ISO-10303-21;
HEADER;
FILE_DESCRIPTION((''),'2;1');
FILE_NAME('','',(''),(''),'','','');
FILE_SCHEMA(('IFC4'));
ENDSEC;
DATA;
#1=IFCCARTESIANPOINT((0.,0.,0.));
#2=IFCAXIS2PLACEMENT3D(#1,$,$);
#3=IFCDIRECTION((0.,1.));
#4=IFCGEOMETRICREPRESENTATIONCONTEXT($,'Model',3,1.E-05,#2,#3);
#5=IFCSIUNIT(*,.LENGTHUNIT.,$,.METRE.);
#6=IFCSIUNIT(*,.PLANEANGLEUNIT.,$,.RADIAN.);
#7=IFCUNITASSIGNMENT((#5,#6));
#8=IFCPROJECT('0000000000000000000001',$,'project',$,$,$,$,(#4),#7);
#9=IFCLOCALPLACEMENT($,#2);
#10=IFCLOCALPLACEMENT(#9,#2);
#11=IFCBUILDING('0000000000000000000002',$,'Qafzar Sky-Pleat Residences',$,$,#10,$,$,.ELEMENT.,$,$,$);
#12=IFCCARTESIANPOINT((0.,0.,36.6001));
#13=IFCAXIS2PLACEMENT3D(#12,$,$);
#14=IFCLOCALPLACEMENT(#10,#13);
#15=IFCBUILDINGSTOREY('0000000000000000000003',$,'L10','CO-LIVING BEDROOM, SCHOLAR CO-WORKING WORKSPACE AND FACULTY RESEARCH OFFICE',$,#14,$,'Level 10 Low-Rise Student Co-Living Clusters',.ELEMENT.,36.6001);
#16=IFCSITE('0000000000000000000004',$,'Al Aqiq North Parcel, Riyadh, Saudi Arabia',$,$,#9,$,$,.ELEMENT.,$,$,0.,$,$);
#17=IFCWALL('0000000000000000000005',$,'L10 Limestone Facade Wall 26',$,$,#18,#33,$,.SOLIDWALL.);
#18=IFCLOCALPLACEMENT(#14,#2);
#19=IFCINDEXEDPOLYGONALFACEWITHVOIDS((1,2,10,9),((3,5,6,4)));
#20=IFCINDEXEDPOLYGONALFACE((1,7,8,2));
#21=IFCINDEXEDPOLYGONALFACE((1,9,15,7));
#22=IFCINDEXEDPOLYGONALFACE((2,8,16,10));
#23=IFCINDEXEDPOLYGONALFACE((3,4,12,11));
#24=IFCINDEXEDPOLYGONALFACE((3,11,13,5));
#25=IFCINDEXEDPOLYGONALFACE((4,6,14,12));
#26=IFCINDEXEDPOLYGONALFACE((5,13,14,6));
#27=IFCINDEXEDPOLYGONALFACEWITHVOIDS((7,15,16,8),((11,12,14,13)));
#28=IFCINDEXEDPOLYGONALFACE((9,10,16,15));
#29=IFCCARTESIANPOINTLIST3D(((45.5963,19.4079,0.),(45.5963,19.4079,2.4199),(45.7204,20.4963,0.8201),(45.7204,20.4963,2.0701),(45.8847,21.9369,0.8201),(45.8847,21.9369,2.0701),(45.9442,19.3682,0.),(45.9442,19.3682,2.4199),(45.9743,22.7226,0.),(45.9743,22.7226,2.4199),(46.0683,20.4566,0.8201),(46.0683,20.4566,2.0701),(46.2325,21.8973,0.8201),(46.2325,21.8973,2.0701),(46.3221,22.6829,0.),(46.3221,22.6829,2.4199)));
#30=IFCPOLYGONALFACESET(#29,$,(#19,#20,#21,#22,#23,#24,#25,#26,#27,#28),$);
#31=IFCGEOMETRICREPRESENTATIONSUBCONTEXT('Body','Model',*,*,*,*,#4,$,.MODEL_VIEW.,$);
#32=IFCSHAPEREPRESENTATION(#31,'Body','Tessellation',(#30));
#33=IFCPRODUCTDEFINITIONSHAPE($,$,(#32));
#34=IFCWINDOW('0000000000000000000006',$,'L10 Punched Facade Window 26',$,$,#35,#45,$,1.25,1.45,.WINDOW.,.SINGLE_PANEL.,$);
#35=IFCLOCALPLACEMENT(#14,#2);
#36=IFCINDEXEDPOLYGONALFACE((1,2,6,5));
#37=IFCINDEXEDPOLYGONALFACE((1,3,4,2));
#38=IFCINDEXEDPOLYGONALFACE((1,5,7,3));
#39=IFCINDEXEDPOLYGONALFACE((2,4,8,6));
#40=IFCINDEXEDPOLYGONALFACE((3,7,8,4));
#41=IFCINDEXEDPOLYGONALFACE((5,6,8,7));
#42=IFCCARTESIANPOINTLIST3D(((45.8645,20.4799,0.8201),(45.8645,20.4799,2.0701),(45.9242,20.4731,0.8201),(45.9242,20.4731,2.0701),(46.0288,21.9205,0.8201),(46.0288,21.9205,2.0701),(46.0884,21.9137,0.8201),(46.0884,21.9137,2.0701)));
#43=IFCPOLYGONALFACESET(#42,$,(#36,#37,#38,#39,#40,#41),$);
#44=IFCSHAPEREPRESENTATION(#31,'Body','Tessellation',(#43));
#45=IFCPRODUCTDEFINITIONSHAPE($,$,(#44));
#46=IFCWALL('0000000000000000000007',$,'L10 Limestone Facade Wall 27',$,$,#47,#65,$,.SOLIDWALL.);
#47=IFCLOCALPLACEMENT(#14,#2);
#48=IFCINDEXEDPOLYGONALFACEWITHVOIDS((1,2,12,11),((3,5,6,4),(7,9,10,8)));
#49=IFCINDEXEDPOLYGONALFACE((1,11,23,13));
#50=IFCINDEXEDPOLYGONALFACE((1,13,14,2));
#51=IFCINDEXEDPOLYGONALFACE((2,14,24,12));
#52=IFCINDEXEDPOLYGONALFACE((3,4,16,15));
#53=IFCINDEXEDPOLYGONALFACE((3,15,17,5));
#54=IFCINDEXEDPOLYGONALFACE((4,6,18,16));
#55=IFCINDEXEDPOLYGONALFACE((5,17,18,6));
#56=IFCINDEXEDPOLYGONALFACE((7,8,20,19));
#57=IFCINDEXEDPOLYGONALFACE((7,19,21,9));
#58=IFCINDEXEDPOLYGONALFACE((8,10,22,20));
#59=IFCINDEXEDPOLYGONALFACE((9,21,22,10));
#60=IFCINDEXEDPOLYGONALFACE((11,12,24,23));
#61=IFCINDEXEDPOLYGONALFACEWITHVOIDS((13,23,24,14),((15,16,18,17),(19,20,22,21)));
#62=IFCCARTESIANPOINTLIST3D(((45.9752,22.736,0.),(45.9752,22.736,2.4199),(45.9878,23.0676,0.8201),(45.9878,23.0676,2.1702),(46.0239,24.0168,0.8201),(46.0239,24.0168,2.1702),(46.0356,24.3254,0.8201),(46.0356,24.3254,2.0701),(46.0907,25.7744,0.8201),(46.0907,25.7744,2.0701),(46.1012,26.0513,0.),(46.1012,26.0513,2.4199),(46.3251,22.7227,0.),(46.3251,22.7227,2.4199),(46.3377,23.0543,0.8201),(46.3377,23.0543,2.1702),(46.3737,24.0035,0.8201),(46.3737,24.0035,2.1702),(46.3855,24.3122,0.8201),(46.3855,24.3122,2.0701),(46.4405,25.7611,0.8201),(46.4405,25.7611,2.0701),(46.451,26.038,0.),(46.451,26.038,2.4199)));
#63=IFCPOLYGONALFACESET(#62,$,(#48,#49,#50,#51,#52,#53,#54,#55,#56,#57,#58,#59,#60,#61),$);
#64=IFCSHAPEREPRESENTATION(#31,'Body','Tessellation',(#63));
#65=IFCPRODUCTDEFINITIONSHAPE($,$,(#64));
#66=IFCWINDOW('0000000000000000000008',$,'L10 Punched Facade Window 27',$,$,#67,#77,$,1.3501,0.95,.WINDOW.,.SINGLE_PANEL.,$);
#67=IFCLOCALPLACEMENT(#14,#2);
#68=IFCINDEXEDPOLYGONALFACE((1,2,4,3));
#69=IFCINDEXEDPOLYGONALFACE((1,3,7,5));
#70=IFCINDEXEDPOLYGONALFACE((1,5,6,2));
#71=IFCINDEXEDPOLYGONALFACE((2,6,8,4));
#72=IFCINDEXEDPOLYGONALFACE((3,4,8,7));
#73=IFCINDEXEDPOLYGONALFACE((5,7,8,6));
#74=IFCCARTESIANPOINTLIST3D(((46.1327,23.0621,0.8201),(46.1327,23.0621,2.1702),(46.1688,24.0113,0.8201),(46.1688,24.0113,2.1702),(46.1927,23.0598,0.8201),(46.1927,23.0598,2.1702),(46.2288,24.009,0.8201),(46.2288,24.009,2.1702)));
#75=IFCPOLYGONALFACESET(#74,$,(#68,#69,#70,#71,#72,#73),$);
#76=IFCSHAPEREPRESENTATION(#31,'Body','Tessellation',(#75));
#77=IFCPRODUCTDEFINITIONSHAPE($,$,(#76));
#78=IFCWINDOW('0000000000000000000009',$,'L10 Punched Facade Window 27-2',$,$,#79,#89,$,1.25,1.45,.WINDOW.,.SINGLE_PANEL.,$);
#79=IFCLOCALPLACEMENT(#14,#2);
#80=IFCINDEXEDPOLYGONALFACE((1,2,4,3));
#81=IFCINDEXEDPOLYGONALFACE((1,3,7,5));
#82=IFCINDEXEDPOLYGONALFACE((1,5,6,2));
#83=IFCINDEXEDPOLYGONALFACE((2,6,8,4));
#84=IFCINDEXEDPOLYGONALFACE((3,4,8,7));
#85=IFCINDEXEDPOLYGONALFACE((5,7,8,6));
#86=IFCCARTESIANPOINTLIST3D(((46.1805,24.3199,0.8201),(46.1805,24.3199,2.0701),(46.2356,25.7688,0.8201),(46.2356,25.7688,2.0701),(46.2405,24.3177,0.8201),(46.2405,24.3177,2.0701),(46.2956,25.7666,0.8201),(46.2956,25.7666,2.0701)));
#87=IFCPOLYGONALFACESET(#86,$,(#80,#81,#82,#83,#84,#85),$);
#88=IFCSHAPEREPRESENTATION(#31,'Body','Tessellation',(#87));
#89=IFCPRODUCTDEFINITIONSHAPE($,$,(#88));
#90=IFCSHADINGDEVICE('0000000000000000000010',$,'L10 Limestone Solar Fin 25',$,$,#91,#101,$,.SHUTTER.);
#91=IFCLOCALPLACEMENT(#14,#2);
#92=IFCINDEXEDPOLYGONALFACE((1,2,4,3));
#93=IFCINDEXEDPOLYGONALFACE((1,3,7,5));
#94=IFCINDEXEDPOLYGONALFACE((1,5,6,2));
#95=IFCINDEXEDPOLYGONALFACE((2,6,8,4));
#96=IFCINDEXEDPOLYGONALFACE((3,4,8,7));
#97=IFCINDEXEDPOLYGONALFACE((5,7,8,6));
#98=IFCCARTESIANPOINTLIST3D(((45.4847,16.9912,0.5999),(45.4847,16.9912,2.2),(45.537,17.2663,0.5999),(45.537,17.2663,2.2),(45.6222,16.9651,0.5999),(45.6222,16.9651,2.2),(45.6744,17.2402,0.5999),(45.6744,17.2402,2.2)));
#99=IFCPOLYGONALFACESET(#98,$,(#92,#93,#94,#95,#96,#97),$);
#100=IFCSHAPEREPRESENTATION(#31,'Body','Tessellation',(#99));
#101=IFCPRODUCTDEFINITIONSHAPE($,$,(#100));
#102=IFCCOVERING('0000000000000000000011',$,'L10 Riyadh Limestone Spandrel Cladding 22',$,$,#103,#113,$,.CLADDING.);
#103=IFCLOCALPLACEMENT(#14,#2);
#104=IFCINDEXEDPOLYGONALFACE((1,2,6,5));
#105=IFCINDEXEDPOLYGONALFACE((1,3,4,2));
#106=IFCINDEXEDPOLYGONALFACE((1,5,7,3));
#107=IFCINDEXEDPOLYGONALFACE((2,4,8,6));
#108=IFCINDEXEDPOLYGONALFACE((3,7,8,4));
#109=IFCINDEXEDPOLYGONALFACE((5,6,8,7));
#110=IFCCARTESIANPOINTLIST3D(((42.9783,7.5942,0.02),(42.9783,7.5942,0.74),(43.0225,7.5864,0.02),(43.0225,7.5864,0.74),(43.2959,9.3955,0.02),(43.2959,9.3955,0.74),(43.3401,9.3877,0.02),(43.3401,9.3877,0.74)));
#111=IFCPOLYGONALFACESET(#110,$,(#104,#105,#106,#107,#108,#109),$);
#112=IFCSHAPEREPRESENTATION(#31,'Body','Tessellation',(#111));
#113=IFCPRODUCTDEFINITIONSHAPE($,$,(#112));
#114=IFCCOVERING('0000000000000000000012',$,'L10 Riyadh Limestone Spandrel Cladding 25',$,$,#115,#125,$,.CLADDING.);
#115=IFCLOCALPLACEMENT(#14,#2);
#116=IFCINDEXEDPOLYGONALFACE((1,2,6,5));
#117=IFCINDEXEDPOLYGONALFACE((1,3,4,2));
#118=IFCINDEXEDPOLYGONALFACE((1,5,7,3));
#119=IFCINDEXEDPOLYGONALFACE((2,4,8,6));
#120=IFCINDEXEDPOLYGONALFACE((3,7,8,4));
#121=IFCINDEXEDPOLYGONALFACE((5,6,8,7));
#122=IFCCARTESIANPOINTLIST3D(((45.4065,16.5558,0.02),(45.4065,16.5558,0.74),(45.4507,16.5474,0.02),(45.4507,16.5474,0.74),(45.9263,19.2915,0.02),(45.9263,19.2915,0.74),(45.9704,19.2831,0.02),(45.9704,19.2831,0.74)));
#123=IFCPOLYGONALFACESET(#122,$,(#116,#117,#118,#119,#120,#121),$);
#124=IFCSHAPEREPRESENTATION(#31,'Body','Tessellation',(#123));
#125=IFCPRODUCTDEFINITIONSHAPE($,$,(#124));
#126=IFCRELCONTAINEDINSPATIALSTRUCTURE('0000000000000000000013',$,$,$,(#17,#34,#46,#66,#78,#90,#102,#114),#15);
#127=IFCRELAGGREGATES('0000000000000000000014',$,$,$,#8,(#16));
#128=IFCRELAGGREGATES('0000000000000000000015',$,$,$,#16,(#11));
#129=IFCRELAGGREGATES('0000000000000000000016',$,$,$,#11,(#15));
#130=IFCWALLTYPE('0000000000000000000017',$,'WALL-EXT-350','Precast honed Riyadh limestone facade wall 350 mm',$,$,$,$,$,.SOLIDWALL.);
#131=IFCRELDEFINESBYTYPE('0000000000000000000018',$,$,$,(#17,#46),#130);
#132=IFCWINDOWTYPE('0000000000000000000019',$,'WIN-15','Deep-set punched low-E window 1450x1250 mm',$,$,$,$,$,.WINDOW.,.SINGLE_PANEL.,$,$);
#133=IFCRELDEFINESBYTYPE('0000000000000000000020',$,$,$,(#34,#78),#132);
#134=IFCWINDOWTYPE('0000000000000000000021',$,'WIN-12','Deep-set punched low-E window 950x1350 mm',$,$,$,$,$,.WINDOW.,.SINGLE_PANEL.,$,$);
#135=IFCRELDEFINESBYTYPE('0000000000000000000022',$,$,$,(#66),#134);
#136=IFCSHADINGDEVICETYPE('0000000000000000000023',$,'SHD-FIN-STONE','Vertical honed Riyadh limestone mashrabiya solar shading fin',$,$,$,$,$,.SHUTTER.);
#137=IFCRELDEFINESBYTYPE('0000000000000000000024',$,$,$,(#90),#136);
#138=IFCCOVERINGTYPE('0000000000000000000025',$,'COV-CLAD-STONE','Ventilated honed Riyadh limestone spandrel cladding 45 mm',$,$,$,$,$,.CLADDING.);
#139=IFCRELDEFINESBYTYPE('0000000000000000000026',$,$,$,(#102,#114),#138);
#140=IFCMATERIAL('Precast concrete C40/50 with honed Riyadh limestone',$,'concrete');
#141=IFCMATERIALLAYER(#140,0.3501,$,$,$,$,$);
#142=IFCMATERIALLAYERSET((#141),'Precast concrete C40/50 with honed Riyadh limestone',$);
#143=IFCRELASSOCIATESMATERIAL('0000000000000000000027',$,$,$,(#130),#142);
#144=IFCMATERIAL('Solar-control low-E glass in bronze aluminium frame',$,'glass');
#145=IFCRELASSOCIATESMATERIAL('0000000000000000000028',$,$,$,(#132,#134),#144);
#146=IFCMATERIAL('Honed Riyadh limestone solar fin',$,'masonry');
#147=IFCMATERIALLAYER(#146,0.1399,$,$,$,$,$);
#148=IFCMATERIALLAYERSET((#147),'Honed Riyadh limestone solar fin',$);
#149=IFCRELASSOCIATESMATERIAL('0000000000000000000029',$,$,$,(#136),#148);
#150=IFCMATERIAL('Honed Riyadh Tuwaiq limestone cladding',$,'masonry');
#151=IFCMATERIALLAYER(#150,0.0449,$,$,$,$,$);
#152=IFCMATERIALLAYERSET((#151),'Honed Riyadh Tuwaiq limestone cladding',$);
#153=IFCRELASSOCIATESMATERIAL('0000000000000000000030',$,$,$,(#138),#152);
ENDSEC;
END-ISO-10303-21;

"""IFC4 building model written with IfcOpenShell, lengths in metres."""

from ifc_helpers import new_model, si_unit, direction, frame, frame_2d, origin, origin_2d, place, context, subcontext, project, spatial, rectangle, extrude, source, transform, mapped, material, layer, layer_set, type_object, element, fill, save


model = new_model("IFC4")

# Units and contexts
model_context = context("Model", 3, precision=1e-05, world=origin(), true_north=direction((0.0, 1.0)))
body_context = subcontext(model_context, "Body", "Model", "MODEL_VIEW")
ifc_project = project(units=[si_unit("LENGTHUNIT", "METRE"), si_unit("PLANEANGLEUNIT", "RADIAN")], contexts=[model_context])

# Site, building, storey
site_placement = place(None, origin())
site = spatial("IfcSite", under=ifc_project, at=site_placement, Name="Al Aqiq North Parcel, Riyadh, Saudi Arabia", CompositionType="ELEMENT", RefElevation=0.0)
building_placement = place(site_placement, origin())
building = spatial("IfcBuilding", under=site, at=building_placement, Name="Qafzar Sky-Pleat Residences", CompositionType="ELEMENT")
storey_placement = place(building_placement, frame((0.0, 0.0, 36.6001)))
storey = spatial("IfcBuildingStorey", under=building, at=storey_placement, Name="L10", Description="CO-LIVING BEDROOM, SCHOLAR CO-WORKING WORKSPACE AND FACULTY RESEARCH OFFICE", LongName="Level 10 Low-Rise Student Co-Living Clusters", CompositionType="ELEMENT", Elevation=36.6001)

# Shared definitions
ifc_material_1 = material(Name="Precast concrete C40/50 with honed Riyadh limestone", Category="concrete")

# Wall, opening, window
ifc_layer_1 = layer(ifc_material_1, 0.3501)
ifc_layer_set_1 = layer_set([ifc_layer_1], Name="Precast concrete C40/50 with honed Riyadh limestone")
wall_type_1 = type_object("IfcWallType", Name="WALL-EXT-350", Description="Precast honed Riyadh limestone facade wall 350 mm", PredefinedType="SOLIDWALL", material=ifc_layer_set_1)
ifc_material_2 = material(Name="Solar-control low-E glass in bronze aluminium frame", Category="glass")
window_type_1 = type_object("IfcWindowType", Name="WIN-15", Description="Deep-set punched low-E window 1450x1250 mm", PartitioningType="SINGLE_PANEL", PredefinedType="WINDOW", material=ifc_material_2)
shared_shape_1 = source(origin(), body_context, "Body", "SweptSolid", [
    extrude(rectangle(XDim=1.45, YDim=1.25, at=frame_2d((0.7251, 0.625))), frame((0.0, 0.03, 0.0), z_axis=(0.0, -1.0, 0.0), x_axis=(1.0, 0.0, 0.0)), (0.0, 0.0, 1.0), 0.0601),
])
wall_1_placement = place(storey_placement, frame((45.7703, 19.3882, 0.0), z_axis=(0.0, 0.0, 1.0), x_axis=(0.113282, 0.993563, 0.0)))
wall_1 = element("IfcWall", 1, at=wall_1_placement, inside=storey, type_object=wall_type_1, Name="L10 Limestone Facade Wall 26", PredefinedType="SOLIDWALL", context=body_context, shape_type="SweptSolid", body=[
    extrude(rectangle(XDim=3.3362, YDim=0.3501, at=frame_2d((1.668, 0.0))), origin(), (0.0, 0.0, 1.0), 2.4199),
])
opening_1_placement = place(wall_1_placement, frame((1.0952, 0.0, 0.8201)))
opening_1 = element("IfcOpeningElement", 2, at=opening_1_placement, cuts=wall_1, PredefinedType="OPENING", context=body_context, shape_type="SweptSolid", body=[
    extrude(rectangle(XDim=1.45, YDim=1.25, at=frame_2d((0.7251, 0.625))), frame((0.0, 0.1851, 0.0), z_axis=(0.0, -1.0, 0.0), x_axis=(1.0, 0.0, 0.0)), (0.0, 0.0, 1.0), 0.3701),
])
window_1_placement = place(opening_1_placement, origin())
window_1 = element("IfcWindow", 3, at=window_1_placement, inside=storey, type_object=window_type_1, Name="L10 Punched Facade Window 26", OverallHeight=1.25, OverallWidth=1.45, PartitioningType="SINGLE_PANEL", PredefinedType="WINDOW", context=body_context, shape_type="MappedRepresentation", body=[
    mapped(shared_shape_1, transform((0.0, 0.0, 0.0), x_axis=(1.0, 0.0, 0.0), y_axis=(0.0, 1.0, 0.0), z_axis=(0.0, 0.0, 1.0), scale=1.0)),
])
fill(opening_1, window_1)

# Wall, openings, windows
wall_2_placement = place(storey_placement, frame((46.1501, 22.7295, 0.0), z_axis=(0.0, 0.0, 1.0), x_axis=(0.037972, 0.999279, 0.0)))
wall_2 = element("IfcWall", 4, at=wall_2_placement, inside=storey, type_object=wall_type_1, Name="L10 Limestone Facade Wall 27", PredefinedType="SOLIDWALL", context=body_context, shape_type="SweptSolid", body=[
    extrude(rectangle(XDim=3.3176, YDim=0.3501, at=frame_2d((1.6587, 0.0))), origin(), (0.0, 0.0, 1.0), 2.4199),
])
opening_2_placement = place(wall_2_placement, frame((0.3315, 0.0, 0.8201)))
opening_2 = element("IfcOpeningElement", 5, at=opening_2_placement, cuts=wall_2, PredefinedType="OPENING", context=body_context, shape_type="SweptSolid", body=[
    extrude(rectangle(XDim=0.95, YDim=1.3501, at=frame_2d((0.4751, 0.675))), frame((0.0, 0.1851, 0.0), z_axis=(0.0, -1.0, 0.0), x_axis=(1.0, 0.0, 0.0)), (0.0, 0.0, 1.0), 0.3701),
])
opening_3_placement = place(wall_2_placement, frame((1.5903, 0.0, 0.8201)))
opening_3 = element("IfcOpeningElement", 6, at=opening_3_placement, cuts=wall_2, PredefinedType="OPENING", context=body_context, shape_type="SweptSolid", body=[
    extrude(rectangle(XDim=1.45, YDim=1.25, at=frame_2d((0.7251, 0.625))), frame((0.0, 0.1851, 0.0), z_axis=(0.0, -1.0, 0.0), x_axis=(1.0, 0.0, 0.0)), (0.0, 0.0, 1.0), 0.3701),
])
window_type_2 = type_object("IfcWindowType", Name="WIN-12", Description="Deep-set punched low-E window 950x1350 mm", PartitioningType="SINGLE_PANEL", PredefinedType="WINDOW", material=ifc_material_2)
shared_shape_2 = source(origin(), body_context, "Body", "SweptSolid", [
    extrude(rectangle(XDim=0.95, YDim=1.3501, at=frame_2d((0.4751, 0.675))), frame((0.0, 0.03, 0.0), z_axis=(0.0, -1.0, 0.0), x_axis=(1.0, 0.0, 0.0)), (0.0, 0.0, 1.0), 0.0601),
])
window_2_placement = place(opening_2_placement, origin())
window_2 = element("IfcWindow", 7, at=window_2_placement, inside=storey, type_object=window_type_2, Name="L10 Punched Facade Window 27", OverallHeight=1.3501, OverallWidth=0.95, PartitioningType="SINGLE_PANEL", PredefinedType="WINDOW", context=body_context, shape_type="MappedRepresentation", body=[
    mapped(shared_shape_2, transform((0.0, 0.0, 0.0), x_axis=(1.0, 0.0, 0.0), y_axis=(0.0, 1.0, 0.0), z_axis=(0.0, 0.0, 1.0), scale=1.0)),
])
fill(opening_2, window_2)
window_3_placement = place(opening_3_placement, origin())
window_3 = element("IfcWindow", 8, at=window_3_placement, inside=storey, type_object=window_type_1, Name="L10 Punched Facade Window 27-2", OverallHeight=1.25, OverallWidth=1.45, PartitioningType="SINGLE_PANEL", PredefinedType="WINDOW", context=body_context, shape_type="MappedRepresentation", body=[
    mapped(shared_shape_1, transform((0.0, 0.0, 0.0), x_axis=(1.0, 0.0, 0.0), y_axis=(0.0, 1.0, 0.0), z_axis=(0.0, 0.0, 1.0), scale=1.0)),
])
fill(opening_3, window_3)

# Shading device
ifc_material_3 = material(Name="Honed Riyadh limestone solar fin", Category="masonry")
ifc_layer_2 = layer(ifc_material_3, 0.1399)
ifc_layer_set_2 = layer_set([ifc_layer_2], Name="Honed Riyadh limestone solar fin")
shading_device_type = type_object("IfcShadingDeviceType", Name="SHD-FIN-STONE", Description="Vertical honed Riyadh limestone mashrabiya solar shading fin", PredefinedType="SHUTTER", material=ifc_layer_set_2)
shared_shape_3 = source(origin(), body_context, "Body", "SweptSolid", [
    extrude(rectangle(XDim=0.1399, YDim=0.28, at=origin_2d()), origin(), (0.0, 0.0, 1.0), 1.6001),
])
shading_device_placement = place(storey_placement, frame((45.5796, 17.1157, 0.5999), z_axis=(0.0, 0.0, 1.0), x_axis=(0.982426, -0.186652, 0.0)))
element("IfcShadingDevice", 9, at=shading_device_placement, inside=storey, type_object=shading_device_type, Name="L10 Limestone Solar Fin 25", PredefinedType="SHUTTER", context=body_context, shape_type="MappedRepresentation", body=[
    mapped(shared_shape_3, transform((0.0, 0.0, 0.0), x_axis=(1.0, 0.0, 0.0), y_axis=(0.0, 1.0, 0.0), z_axis=(0.0, 0.0, 1.0), scale=1.0)),
])

# Coverings
ifc_material_4 = material(Name="Honed Riyadh Tuwaiq limestone cladding", Category="masonry")
ifc_layer_3 = layer(ifc_material_4, 0.0449)
ifc_layer_set_3 = layer_set([ifc_layer_3], Name="Honed Riyadh Tuwaiq limestone cladding")
covering_type = type_object("IfcCoveringType", Name="COV-CLAD-STONE", Description="Ventilated honed Riyadh limestone spandrel cladding 45 mm", PredefinedType="CLADDING", material=ifc_layer_set_3)
shared_shape_4 = source(origin(), body_context, "Body", "SweptSolid", [
    extrude(rectangle(XDim=1.8291, YDim=0.0449, at=origin_2d()), origin(), (0.0, 0.0, 1.0), 0.72),
])
covering_1_placement = place(storey_placement, frame((43.1592, 8.491, 0.02), z_axis=(0.0, 0.0, 1.0), x_axis=(0.173648, 0.984808, 0.0)))
element("IfcCovering", 10, at=covering_1_placement, inside=storey, type_object=covering_type, Name="L10 Riyadh Limestone Spandrel Cladding 22", PredefinedType="CLADDING", context=body_context, shape_type="MappedRepresentation", body=[
    mapped(shared_shape_4, transform((0.0, 0.0, 0.0), x_axis=(1.0, 0.0, 0.0), y_axis=(0.0, 1.0, 0.0), z_axis=(0.0, 0.0, 1.0), scale=1.0)),
])
shared_shape_5 = source(origin(), body_context, "Body", "SweptSolid", [
    extrude(rectangle(XDim=2.7847, YDim=0.0449, at=origin_2d()), origin(), (0.0, 0.0, 1.0), 0.72),
])
covering_2_placement = place(storey_placement, frame((45.6885, 17.9194, 0.02), z_axis=(0.0, 0.0, 1.0), x_axis=(0.186653, 0.982426, 0.0)))
element("IfcCovering", 11, at=covering_2_placement, inside=storey, type_object=covering_type, Name="L10 Riyadh Limestone Spandrel Cladding 25", PredefinedType="CLADDING", context=body_context, shape_type="MappedRepresentation", body=[
    mapped(shared_shape_5, transform((0.0, 0.0, 0.0), x_axis=(1.0, 0.0, 0.0), y_axis=(0.0, 1.0, 0.0), z_axis=(0.0, 0.0, 1.0), scale=1.0)),
])

save(model, "model.ifc")
